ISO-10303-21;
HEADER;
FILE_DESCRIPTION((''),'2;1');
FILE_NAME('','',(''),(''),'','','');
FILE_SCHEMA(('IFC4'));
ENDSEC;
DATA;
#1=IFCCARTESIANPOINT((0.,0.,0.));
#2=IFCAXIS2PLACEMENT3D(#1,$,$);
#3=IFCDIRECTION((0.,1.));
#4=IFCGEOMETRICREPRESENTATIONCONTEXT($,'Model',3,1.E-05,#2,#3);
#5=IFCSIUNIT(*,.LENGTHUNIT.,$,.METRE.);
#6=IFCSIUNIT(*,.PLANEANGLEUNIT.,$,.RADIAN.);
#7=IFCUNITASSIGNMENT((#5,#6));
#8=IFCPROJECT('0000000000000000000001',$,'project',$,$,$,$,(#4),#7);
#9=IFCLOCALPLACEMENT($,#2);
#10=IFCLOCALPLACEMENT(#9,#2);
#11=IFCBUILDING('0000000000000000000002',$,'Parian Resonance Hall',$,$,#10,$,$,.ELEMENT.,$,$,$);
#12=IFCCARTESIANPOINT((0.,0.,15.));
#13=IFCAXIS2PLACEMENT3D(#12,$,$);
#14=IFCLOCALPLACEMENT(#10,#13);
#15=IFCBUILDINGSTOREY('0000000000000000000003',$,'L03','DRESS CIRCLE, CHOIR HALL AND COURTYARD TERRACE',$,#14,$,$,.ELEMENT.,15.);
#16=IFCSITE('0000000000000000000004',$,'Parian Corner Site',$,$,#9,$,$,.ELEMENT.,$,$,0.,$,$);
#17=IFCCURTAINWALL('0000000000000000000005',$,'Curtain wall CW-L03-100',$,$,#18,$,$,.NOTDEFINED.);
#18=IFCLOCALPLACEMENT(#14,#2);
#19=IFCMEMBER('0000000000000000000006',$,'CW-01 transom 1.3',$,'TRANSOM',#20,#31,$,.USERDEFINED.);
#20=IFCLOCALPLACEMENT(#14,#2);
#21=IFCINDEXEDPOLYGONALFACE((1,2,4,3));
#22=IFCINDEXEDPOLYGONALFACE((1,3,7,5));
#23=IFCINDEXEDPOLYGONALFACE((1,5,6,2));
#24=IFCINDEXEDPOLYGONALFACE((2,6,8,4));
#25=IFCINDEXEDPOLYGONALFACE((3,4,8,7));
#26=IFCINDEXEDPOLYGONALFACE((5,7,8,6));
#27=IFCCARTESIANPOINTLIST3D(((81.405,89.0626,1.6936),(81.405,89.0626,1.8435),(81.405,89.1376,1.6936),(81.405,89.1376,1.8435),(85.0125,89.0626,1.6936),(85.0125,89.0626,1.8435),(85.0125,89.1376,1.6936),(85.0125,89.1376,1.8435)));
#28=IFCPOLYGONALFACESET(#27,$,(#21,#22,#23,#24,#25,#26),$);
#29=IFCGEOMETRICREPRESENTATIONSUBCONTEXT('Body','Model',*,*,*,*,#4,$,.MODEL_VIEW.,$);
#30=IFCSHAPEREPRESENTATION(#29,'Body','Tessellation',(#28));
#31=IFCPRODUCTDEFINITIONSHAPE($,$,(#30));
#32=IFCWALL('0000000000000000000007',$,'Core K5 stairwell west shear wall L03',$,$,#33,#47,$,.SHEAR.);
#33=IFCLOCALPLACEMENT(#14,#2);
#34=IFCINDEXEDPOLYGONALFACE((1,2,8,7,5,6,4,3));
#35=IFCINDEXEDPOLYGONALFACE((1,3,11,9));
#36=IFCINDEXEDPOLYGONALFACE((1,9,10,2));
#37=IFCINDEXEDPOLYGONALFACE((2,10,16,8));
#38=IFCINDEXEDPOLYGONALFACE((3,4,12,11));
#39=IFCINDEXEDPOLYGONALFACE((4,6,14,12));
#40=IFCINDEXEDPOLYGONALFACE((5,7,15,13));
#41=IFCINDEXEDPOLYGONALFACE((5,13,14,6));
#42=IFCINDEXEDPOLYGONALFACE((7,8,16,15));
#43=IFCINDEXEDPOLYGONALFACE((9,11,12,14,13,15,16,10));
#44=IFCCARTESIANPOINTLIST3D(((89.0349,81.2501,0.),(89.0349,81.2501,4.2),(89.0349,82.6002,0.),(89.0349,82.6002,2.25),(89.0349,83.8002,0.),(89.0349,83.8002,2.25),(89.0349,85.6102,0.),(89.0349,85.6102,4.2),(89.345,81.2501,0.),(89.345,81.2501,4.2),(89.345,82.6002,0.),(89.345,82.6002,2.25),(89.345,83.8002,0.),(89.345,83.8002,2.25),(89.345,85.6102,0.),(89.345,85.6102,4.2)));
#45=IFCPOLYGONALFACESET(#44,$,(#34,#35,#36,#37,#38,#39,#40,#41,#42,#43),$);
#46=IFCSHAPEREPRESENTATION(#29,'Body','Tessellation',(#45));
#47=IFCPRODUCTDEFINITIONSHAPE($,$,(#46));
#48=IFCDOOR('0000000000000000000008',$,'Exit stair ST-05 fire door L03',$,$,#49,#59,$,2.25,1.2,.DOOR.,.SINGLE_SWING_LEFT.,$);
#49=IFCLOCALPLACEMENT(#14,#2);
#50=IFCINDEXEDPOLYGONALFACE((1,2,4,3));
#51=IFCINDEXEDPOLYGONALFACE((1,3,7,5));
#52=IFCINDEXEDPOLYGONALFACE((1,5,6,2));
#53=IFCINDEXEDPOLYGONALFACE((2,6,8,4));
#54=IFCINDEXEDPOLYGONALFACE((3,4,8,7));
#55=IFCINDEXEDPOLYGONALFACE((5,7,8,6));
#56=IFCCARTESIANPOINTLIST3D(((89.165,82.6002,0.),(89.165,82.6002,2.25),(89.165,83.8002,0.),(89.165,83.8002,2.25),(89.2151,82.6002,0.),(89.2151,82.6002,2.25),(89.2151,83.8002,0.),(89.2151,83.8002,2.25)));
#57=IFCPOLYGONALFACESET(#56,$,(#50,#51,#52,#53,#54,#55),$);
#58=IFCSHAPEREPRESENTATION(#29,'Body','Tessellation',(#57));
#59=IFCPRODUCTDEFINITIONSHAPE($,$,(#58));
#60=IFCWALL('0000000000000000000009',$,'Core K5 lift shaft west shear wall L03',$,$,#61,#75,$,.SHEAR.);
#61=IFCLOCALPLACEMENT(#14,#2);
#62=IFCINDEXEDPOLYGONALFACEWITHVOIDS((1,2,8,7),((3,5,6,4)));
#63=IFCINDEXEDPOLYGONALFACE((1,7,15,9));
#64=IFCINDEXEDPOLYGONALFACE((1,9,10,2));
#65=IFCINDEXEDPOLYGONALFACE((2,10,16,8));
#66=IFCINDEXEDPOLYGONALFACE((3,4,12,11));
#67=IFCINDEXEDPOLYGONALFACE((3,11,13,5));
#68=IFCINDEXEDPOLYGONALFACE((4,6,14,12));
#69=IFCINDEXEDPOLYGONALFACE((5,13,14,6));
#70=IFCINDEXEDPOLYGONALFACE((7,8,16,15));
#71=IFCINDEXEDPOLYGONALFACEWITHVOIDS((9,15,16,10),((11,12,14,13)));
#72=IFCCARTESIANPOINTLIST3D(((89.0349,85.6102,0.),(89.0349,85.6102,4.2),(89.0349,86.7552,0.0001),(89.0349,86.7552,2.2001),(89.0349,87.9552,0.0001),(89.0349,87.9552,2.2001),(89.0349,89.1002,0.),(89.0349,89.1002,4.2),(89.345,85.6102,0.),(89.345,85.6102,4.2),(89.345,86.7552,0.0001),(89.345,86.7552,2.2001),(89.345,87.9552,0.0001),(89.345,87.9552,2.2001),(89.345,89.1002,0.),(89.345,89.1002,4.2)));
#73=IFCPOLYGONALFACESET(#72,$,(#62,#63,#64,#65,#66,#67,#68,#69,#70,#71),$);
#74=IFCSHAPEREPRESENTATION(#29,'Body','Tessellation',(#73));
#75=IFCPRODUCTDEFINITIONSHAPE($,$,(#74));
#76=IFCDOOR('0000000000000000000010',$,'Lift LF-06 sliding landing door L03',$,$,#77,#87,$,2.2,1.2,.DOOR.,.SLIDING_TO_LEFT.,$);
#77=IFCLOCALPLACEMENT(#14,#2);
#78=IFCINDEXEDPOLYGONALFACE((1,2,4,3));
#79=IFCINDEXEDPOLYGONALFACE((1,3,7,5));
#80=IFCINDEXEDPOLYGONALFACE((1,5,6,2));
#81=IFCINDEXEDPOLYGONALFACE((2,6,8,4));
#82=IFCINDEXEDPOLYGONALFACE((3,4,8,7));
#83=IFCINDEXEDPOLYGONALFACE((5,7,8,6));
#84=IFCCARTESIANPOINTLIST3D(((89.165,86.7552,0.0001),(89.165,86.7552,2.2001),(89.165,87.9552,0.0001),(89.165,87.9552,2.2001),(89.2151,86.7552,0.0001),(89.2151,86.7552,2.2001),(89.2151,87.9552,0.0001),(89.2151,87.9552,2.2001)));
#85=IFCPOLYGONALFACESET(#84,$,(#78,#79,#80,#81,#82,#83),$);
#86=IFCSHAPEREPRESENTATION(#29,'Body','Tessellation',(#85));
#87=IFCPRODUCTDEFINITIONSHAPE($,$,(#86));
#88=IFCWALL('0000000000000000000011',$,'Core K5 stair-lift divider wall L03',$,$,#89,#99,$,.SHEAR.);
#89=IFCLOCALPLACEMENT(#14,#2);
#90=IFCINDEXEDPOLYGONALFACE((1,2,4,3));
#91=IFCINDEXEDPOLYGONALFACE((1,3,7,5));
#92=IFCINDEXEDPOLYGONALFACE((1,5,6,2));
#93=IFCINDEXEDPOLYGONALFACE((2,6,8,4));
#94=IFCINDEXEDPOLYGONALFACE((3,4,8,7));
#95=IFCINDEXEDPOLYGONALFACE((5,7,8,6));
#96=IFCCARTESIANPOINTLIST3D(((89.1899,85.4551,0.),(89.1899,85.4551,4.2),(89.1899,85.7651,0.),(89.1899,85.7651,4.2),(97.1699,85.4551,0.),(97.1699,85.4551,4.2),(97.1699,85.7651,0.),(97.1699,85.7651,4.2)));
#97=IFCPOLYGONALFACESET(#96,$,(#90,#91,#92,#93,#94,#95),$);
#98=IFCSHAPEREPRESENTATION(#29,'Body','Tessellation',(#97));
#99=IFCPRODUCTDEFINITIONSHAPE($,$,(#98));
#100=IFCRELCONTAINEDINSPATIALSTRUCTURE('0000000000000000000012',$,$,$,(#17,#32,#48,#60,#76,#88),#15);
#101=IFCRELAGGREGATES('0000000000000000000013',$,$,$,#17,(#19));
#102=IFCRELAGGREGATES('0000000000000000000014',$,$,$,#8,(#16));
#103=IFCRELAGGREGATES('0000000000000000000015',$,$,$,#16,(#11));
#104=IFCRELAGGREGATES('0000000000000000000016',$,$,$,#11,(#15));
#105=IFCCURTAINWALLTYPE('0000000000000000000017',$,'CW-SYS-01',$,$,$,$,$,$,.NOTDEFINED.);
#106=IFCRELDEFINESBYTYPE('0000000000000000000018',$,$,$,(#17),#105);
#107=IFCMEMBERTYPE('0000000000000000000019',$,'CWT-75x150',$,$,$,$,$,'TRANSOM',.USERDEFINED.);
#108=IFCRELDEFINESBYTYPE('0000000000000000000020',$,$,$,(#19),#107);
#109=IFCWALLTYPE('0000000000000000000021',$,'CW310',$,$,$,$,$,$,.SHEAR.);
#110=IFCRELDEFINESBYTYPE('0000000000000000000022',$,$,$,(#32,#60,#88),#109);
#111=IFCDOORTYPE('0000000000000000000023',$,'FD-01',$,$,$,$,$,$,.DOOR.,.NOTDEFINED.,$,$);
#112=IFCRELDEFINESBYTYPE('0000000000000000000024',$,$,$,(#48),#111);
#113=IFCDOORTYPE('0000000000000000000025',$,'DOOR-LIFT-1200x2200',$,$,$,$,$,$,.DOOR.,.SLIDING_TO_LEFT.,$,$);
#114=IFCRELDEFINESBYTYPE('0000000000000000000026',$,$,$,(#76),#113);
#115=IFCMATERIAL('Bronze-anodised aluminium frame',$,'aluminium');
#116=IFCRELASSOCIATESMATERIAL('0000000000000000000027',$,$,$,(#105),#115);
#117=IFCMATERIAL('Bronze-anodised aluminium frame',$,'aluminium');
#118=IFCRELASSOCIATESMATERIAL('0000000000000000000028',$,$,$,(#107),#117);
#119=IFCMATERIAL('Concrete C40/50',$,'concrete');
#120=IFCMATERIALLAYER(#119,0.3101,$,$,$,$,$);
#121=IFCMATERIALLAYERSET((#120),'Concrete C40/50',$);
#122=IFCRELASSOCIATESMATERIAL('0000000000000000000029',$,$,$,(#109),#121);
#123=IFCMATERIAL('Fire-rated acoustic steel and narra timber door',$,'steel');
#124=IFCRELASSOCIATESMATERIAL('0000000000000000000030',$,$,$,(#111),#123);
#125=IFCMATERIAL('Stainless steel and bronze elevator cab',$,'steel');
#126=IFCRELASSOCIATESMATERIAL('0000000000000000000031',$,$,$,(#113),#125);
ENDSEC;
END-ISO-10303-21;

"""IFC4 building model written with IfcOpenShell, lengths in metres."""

from ifc_helpers import new_model, si_unit, direction, frame, frame_2d, origin, origin_2d, place, context, subcontext, project, spatial, rectangle, extrude, material, layer, layer_set, material_profile, profile_set, type_object, element, fill, aggregate, save


model = new_model("IFC4")

# Units and contexts
model_context = context("Model", 3, precision=1e-05, world=origin(), true_north=direction((0.0, 1.0)))
body_context = subcontext(model_context, "Body", "Model", "MODEL_VIEW")
ifc_project = project(units=[si_unit("LENGTHUNIT", "METRE"), si_unit("PLANEANGLEUNIT", "RADIAN")], contexts=[model_context])

# Site, building, storey
site_placement = place(None, origin())
site = spatial("IfcSite", under=ifc_project, at=site_placement, Name="Parian Corner Site", CompositionType="ELEMENT", RefElevation=0.0)
building_placement = place(site_placement, origin())
building = spatial("IfcBuilding", under=site, at=building_placement, Name="Parian Resonance Hall", CompositionType="ELEMENT")
storey_placement = place(building_placement, frame((0.0, 0.0, 15.0)))
storey = spatial("IfcBuildingStorey", under=building, at=storey_placement, Name="L03", Description="DRESS CIRCLE, CHOIR HALL AND COURTYARD TERRACE", CompositionType="ELEMENT", Elevation=15.0)

# Curtain wall, member
ifc_material_1 = material(Name="Bronze-anodised aluminium frame", Category="aluminium")
curtain_wall_type = type_object("IfcCurtainWallType", Name="CW-SYS-01", PredefinedType="NOTDEFINED", material=ifc_material_1)
curtain_wall_placement = place(storey_placement, origin())
curtain_wall = element("IfcCurtainWall", 1, at=curtain_wall_placement, inside=storey, type_object=curtain_wall_type, Name="Curtain wall CW-L03-100", PredefinedType="NOTDEFINED")
ifc_material_2 = material(Name="Bronze-anodised aluminium frame", Category="aluminium")
ifc_material_profile_1 = material_profile(ifc_material_2, rectangle(XDim=0.075, YDim=0.1499, at=origin_2d()), Name="CWT-75x150")
ifc_profile_set_1 = profile_set([ifc_material_profile_1], Name="Bronze-anodised aluminium frame")
member_type_1 = type_object("IfcMemberType", Name="CWT-75x150", ElementType="TRANSOM", PredefinedType="USERDEFINED", material=ifc_profile_set_1)
member_1_placement = place(storey_placement, frame((81.405, 89.1001, 1.7686), z_axis=(1.0, 0.0, 0.0), x_axis=(0.0, 1.0, 0.0)))
member_1 = element("IfcMember", 2, at=member_1_placement, type_object=member_type_1, Name="CW-01 transom 1.3", ObjectType="TRANSOM", PredefinedType="USERDEFINED", context=body_context, shape_type="SweptSolid", body=[
    extrude(rectangle(XDim=0.075, YDim=0.1499, at=origin_2d()), origin(), (0.0, 0.0, 1.0), 3.6074),
])
aggregate(curtain_wall, [member_1])

# Walls, openings, doors
ifc_material_3 = material(Name="Concrete C40/50", Category="concrete")
ifc_layer = layer(ifc_material_3, 0.3101)
ifc_layer_set = layer_set([ifc_layer], Name="Concrete C40/50")
wall_type = type_object("IfcWallType", Name="CW310", PredefinedType="SHEAR", material=ifc_layer_set)
wall_1_placement = place(storey_placement, frame((89.1899, 81.25, 0.0), z_axis=(0.0, 0.0, 1.0), x_axis=(0.0, 1.0, 0.0)))
wall_1 = element("IfcWall", 3, at=wall_1_placement, inside=storey, type_object=wall_type, Name="Core K5 stairwell west shear wall L03", PredefinedType="SHEAR", context=body_context, shape_type="SweptSolid", body=[
    extrude(rectangle(XDim=4.3601, YDim=0.3101, at=frame_2d((2.1802, 0.0))), origin(), (0.0, 0.0, 1.0), 4.2),
])
opening_1_placement = place(wall_1_placement, frame((1.3501, 0.0, 0.0)))
opening_1 = element("IfcOpeningElement", 4, at=opening_1_placement, cuts=wall_1, PredefinedType="OPENING", context=body_context, shape_type="SweptSolid", body=[
    extrude(rectangle(XDim=1.2, YDim=2.25, at=frame_2d((0.6001, 1.125))), frame((0.0, 0.165, 0.0), z_axis=(0.0, -1.0, 0.0), x_axis=(1.0, 0.0, 0.0)), (0.0, 0.0, 1.0), 0.3301),
])
ifc_material_4 = material(Name="Fire-rated acoustic steel and narra timber door", Category="steel")
door_type_1 = type_object("IfcDoorType", Name="FD-01", OperationType="NOTDEFINED", PredefinedType="DOOR", material=ifc_material_4)
door_1_placement = place(opening_1_placement, origin())
door_1 = element("IfcDoor", 5, at=door_1_placement, inside=storey, type_object=door_type_1, Name="Exit stair ST-05 fire door L03", OperationType="SINGLE_SWING_LEFT", OverallHeight=2.25, OverallWidth=1.2, PredefinedType="DOOR", context=body_context, shape_type="SweptSolid", body=[
    extrude(rectangle(XDim=1.2, YDim=2.25, at=frame_2d((0.6001, 1.125))), frame((0.0, 0.0249, 0.0), z_axis=(0.0, -1.0, 0.0), x_axis=(1.0, 0.0, 0.0)), (0.0, 0.0, 1.0), 0.05),
])
fill(opening_1, door_1)
wall_2_placement = place(storey_placement, frame((89.1899, 85.6101, 0.0), z_axis=(0.0, 0.0, 1.0), x_axis=(0.0, 1.0, 0.0)))
wall_2 = element("IfcWall", 6, at=wall_2_placement, inside=storey, type_object=wall_type, Name="Core K5 lift shaft west shear wall L03", PredefinedType="SHEAR", context=body_context, shape_type="SweptSolid", body=[
    extrude(rectangle(XDim=3.49, YDim=0.3101, at=frame_2d((1.7451, 0.0))), origin(), (0.0, 0.0, 1.0), 4.2),
])
opening_2_placement = place(wall_2_placement, frame((1.145, 0.0, 0.0)))
opening_2 = element("IfcOpeningElement", 7, at=opening_2_placement, cuts=wall_2, PredefinedType="OPENING", context=body_context, shape_type="SweptSolid", body=[
    extrude(rectangle(XDim=1.2, YDim=2.2, at=frame_2d((0.6001, 1.1001))), frame((0.0, 0.165, 0.0), z_axis=(0.0, -1.0, 0.0), x_axis=(1.0, 0.0, 0.0)), (0.0, 0.0, 1.0), 0.3301),
])
ifc_material_5 = material(Name="Stainless steel and bronze elevator cab", Category="steel")
door_type_2 = type_object("IfcDoorType", Name="DOOR-LIFT-1200x2200", OperationType="SLIDING_TO_LEFT", PredefinedType="DOOR", material=ifc_material_5)
door_2_placement = place(opening_2_placement, origin())
door_2 = element("IfcDoor", 8, at=door_2_placement, inside=storey, type_object=door_type_2, Name="Lift LF-06 sliding landing door L03", OperationType="SLIDING_TO_LEFT", OverallHeight=2.2, OverallWidth=1.2, PredefinedType="DOOR", context=body_context, shape_type="SweptSolid", body=[
    extrude(rectangle(XDim=1.2, YDim=2.2, at=frame_2d((0.6001, 1.1001))), frame((0.0, 0.0249, 0.0), z_axis=(0.0, -1.0, 0.0), x_axis=(1.0, 0.0, 0.0)), (0.0, 0.0, 1.0), 0.05),
])
fill(opening_2, door_2)

# Wall
wall_3_placement = place(storey_placement, frame((89.1899, 85.6101, 0.0), z_axis=(0.0, 0.0, 1.0), x_axis=(1.0, 0.0, 0.0)))
element("IfcWall", 9, at=wall_3_placement, inside=storey, type_object=wall_type, Name="Core K5 stair-lift divider wall L03", PredefinedType="SHEAR", context=body_context, shape_type="SweptSolid", body=[
    extrude(rectangle(XDim=7.98, YDim=0.3101, at=frame_2d((3.99, 0.0))), origin(), (0.0, 0.0, 1.0), 4.2),
])

save(model, "model.ifc")
